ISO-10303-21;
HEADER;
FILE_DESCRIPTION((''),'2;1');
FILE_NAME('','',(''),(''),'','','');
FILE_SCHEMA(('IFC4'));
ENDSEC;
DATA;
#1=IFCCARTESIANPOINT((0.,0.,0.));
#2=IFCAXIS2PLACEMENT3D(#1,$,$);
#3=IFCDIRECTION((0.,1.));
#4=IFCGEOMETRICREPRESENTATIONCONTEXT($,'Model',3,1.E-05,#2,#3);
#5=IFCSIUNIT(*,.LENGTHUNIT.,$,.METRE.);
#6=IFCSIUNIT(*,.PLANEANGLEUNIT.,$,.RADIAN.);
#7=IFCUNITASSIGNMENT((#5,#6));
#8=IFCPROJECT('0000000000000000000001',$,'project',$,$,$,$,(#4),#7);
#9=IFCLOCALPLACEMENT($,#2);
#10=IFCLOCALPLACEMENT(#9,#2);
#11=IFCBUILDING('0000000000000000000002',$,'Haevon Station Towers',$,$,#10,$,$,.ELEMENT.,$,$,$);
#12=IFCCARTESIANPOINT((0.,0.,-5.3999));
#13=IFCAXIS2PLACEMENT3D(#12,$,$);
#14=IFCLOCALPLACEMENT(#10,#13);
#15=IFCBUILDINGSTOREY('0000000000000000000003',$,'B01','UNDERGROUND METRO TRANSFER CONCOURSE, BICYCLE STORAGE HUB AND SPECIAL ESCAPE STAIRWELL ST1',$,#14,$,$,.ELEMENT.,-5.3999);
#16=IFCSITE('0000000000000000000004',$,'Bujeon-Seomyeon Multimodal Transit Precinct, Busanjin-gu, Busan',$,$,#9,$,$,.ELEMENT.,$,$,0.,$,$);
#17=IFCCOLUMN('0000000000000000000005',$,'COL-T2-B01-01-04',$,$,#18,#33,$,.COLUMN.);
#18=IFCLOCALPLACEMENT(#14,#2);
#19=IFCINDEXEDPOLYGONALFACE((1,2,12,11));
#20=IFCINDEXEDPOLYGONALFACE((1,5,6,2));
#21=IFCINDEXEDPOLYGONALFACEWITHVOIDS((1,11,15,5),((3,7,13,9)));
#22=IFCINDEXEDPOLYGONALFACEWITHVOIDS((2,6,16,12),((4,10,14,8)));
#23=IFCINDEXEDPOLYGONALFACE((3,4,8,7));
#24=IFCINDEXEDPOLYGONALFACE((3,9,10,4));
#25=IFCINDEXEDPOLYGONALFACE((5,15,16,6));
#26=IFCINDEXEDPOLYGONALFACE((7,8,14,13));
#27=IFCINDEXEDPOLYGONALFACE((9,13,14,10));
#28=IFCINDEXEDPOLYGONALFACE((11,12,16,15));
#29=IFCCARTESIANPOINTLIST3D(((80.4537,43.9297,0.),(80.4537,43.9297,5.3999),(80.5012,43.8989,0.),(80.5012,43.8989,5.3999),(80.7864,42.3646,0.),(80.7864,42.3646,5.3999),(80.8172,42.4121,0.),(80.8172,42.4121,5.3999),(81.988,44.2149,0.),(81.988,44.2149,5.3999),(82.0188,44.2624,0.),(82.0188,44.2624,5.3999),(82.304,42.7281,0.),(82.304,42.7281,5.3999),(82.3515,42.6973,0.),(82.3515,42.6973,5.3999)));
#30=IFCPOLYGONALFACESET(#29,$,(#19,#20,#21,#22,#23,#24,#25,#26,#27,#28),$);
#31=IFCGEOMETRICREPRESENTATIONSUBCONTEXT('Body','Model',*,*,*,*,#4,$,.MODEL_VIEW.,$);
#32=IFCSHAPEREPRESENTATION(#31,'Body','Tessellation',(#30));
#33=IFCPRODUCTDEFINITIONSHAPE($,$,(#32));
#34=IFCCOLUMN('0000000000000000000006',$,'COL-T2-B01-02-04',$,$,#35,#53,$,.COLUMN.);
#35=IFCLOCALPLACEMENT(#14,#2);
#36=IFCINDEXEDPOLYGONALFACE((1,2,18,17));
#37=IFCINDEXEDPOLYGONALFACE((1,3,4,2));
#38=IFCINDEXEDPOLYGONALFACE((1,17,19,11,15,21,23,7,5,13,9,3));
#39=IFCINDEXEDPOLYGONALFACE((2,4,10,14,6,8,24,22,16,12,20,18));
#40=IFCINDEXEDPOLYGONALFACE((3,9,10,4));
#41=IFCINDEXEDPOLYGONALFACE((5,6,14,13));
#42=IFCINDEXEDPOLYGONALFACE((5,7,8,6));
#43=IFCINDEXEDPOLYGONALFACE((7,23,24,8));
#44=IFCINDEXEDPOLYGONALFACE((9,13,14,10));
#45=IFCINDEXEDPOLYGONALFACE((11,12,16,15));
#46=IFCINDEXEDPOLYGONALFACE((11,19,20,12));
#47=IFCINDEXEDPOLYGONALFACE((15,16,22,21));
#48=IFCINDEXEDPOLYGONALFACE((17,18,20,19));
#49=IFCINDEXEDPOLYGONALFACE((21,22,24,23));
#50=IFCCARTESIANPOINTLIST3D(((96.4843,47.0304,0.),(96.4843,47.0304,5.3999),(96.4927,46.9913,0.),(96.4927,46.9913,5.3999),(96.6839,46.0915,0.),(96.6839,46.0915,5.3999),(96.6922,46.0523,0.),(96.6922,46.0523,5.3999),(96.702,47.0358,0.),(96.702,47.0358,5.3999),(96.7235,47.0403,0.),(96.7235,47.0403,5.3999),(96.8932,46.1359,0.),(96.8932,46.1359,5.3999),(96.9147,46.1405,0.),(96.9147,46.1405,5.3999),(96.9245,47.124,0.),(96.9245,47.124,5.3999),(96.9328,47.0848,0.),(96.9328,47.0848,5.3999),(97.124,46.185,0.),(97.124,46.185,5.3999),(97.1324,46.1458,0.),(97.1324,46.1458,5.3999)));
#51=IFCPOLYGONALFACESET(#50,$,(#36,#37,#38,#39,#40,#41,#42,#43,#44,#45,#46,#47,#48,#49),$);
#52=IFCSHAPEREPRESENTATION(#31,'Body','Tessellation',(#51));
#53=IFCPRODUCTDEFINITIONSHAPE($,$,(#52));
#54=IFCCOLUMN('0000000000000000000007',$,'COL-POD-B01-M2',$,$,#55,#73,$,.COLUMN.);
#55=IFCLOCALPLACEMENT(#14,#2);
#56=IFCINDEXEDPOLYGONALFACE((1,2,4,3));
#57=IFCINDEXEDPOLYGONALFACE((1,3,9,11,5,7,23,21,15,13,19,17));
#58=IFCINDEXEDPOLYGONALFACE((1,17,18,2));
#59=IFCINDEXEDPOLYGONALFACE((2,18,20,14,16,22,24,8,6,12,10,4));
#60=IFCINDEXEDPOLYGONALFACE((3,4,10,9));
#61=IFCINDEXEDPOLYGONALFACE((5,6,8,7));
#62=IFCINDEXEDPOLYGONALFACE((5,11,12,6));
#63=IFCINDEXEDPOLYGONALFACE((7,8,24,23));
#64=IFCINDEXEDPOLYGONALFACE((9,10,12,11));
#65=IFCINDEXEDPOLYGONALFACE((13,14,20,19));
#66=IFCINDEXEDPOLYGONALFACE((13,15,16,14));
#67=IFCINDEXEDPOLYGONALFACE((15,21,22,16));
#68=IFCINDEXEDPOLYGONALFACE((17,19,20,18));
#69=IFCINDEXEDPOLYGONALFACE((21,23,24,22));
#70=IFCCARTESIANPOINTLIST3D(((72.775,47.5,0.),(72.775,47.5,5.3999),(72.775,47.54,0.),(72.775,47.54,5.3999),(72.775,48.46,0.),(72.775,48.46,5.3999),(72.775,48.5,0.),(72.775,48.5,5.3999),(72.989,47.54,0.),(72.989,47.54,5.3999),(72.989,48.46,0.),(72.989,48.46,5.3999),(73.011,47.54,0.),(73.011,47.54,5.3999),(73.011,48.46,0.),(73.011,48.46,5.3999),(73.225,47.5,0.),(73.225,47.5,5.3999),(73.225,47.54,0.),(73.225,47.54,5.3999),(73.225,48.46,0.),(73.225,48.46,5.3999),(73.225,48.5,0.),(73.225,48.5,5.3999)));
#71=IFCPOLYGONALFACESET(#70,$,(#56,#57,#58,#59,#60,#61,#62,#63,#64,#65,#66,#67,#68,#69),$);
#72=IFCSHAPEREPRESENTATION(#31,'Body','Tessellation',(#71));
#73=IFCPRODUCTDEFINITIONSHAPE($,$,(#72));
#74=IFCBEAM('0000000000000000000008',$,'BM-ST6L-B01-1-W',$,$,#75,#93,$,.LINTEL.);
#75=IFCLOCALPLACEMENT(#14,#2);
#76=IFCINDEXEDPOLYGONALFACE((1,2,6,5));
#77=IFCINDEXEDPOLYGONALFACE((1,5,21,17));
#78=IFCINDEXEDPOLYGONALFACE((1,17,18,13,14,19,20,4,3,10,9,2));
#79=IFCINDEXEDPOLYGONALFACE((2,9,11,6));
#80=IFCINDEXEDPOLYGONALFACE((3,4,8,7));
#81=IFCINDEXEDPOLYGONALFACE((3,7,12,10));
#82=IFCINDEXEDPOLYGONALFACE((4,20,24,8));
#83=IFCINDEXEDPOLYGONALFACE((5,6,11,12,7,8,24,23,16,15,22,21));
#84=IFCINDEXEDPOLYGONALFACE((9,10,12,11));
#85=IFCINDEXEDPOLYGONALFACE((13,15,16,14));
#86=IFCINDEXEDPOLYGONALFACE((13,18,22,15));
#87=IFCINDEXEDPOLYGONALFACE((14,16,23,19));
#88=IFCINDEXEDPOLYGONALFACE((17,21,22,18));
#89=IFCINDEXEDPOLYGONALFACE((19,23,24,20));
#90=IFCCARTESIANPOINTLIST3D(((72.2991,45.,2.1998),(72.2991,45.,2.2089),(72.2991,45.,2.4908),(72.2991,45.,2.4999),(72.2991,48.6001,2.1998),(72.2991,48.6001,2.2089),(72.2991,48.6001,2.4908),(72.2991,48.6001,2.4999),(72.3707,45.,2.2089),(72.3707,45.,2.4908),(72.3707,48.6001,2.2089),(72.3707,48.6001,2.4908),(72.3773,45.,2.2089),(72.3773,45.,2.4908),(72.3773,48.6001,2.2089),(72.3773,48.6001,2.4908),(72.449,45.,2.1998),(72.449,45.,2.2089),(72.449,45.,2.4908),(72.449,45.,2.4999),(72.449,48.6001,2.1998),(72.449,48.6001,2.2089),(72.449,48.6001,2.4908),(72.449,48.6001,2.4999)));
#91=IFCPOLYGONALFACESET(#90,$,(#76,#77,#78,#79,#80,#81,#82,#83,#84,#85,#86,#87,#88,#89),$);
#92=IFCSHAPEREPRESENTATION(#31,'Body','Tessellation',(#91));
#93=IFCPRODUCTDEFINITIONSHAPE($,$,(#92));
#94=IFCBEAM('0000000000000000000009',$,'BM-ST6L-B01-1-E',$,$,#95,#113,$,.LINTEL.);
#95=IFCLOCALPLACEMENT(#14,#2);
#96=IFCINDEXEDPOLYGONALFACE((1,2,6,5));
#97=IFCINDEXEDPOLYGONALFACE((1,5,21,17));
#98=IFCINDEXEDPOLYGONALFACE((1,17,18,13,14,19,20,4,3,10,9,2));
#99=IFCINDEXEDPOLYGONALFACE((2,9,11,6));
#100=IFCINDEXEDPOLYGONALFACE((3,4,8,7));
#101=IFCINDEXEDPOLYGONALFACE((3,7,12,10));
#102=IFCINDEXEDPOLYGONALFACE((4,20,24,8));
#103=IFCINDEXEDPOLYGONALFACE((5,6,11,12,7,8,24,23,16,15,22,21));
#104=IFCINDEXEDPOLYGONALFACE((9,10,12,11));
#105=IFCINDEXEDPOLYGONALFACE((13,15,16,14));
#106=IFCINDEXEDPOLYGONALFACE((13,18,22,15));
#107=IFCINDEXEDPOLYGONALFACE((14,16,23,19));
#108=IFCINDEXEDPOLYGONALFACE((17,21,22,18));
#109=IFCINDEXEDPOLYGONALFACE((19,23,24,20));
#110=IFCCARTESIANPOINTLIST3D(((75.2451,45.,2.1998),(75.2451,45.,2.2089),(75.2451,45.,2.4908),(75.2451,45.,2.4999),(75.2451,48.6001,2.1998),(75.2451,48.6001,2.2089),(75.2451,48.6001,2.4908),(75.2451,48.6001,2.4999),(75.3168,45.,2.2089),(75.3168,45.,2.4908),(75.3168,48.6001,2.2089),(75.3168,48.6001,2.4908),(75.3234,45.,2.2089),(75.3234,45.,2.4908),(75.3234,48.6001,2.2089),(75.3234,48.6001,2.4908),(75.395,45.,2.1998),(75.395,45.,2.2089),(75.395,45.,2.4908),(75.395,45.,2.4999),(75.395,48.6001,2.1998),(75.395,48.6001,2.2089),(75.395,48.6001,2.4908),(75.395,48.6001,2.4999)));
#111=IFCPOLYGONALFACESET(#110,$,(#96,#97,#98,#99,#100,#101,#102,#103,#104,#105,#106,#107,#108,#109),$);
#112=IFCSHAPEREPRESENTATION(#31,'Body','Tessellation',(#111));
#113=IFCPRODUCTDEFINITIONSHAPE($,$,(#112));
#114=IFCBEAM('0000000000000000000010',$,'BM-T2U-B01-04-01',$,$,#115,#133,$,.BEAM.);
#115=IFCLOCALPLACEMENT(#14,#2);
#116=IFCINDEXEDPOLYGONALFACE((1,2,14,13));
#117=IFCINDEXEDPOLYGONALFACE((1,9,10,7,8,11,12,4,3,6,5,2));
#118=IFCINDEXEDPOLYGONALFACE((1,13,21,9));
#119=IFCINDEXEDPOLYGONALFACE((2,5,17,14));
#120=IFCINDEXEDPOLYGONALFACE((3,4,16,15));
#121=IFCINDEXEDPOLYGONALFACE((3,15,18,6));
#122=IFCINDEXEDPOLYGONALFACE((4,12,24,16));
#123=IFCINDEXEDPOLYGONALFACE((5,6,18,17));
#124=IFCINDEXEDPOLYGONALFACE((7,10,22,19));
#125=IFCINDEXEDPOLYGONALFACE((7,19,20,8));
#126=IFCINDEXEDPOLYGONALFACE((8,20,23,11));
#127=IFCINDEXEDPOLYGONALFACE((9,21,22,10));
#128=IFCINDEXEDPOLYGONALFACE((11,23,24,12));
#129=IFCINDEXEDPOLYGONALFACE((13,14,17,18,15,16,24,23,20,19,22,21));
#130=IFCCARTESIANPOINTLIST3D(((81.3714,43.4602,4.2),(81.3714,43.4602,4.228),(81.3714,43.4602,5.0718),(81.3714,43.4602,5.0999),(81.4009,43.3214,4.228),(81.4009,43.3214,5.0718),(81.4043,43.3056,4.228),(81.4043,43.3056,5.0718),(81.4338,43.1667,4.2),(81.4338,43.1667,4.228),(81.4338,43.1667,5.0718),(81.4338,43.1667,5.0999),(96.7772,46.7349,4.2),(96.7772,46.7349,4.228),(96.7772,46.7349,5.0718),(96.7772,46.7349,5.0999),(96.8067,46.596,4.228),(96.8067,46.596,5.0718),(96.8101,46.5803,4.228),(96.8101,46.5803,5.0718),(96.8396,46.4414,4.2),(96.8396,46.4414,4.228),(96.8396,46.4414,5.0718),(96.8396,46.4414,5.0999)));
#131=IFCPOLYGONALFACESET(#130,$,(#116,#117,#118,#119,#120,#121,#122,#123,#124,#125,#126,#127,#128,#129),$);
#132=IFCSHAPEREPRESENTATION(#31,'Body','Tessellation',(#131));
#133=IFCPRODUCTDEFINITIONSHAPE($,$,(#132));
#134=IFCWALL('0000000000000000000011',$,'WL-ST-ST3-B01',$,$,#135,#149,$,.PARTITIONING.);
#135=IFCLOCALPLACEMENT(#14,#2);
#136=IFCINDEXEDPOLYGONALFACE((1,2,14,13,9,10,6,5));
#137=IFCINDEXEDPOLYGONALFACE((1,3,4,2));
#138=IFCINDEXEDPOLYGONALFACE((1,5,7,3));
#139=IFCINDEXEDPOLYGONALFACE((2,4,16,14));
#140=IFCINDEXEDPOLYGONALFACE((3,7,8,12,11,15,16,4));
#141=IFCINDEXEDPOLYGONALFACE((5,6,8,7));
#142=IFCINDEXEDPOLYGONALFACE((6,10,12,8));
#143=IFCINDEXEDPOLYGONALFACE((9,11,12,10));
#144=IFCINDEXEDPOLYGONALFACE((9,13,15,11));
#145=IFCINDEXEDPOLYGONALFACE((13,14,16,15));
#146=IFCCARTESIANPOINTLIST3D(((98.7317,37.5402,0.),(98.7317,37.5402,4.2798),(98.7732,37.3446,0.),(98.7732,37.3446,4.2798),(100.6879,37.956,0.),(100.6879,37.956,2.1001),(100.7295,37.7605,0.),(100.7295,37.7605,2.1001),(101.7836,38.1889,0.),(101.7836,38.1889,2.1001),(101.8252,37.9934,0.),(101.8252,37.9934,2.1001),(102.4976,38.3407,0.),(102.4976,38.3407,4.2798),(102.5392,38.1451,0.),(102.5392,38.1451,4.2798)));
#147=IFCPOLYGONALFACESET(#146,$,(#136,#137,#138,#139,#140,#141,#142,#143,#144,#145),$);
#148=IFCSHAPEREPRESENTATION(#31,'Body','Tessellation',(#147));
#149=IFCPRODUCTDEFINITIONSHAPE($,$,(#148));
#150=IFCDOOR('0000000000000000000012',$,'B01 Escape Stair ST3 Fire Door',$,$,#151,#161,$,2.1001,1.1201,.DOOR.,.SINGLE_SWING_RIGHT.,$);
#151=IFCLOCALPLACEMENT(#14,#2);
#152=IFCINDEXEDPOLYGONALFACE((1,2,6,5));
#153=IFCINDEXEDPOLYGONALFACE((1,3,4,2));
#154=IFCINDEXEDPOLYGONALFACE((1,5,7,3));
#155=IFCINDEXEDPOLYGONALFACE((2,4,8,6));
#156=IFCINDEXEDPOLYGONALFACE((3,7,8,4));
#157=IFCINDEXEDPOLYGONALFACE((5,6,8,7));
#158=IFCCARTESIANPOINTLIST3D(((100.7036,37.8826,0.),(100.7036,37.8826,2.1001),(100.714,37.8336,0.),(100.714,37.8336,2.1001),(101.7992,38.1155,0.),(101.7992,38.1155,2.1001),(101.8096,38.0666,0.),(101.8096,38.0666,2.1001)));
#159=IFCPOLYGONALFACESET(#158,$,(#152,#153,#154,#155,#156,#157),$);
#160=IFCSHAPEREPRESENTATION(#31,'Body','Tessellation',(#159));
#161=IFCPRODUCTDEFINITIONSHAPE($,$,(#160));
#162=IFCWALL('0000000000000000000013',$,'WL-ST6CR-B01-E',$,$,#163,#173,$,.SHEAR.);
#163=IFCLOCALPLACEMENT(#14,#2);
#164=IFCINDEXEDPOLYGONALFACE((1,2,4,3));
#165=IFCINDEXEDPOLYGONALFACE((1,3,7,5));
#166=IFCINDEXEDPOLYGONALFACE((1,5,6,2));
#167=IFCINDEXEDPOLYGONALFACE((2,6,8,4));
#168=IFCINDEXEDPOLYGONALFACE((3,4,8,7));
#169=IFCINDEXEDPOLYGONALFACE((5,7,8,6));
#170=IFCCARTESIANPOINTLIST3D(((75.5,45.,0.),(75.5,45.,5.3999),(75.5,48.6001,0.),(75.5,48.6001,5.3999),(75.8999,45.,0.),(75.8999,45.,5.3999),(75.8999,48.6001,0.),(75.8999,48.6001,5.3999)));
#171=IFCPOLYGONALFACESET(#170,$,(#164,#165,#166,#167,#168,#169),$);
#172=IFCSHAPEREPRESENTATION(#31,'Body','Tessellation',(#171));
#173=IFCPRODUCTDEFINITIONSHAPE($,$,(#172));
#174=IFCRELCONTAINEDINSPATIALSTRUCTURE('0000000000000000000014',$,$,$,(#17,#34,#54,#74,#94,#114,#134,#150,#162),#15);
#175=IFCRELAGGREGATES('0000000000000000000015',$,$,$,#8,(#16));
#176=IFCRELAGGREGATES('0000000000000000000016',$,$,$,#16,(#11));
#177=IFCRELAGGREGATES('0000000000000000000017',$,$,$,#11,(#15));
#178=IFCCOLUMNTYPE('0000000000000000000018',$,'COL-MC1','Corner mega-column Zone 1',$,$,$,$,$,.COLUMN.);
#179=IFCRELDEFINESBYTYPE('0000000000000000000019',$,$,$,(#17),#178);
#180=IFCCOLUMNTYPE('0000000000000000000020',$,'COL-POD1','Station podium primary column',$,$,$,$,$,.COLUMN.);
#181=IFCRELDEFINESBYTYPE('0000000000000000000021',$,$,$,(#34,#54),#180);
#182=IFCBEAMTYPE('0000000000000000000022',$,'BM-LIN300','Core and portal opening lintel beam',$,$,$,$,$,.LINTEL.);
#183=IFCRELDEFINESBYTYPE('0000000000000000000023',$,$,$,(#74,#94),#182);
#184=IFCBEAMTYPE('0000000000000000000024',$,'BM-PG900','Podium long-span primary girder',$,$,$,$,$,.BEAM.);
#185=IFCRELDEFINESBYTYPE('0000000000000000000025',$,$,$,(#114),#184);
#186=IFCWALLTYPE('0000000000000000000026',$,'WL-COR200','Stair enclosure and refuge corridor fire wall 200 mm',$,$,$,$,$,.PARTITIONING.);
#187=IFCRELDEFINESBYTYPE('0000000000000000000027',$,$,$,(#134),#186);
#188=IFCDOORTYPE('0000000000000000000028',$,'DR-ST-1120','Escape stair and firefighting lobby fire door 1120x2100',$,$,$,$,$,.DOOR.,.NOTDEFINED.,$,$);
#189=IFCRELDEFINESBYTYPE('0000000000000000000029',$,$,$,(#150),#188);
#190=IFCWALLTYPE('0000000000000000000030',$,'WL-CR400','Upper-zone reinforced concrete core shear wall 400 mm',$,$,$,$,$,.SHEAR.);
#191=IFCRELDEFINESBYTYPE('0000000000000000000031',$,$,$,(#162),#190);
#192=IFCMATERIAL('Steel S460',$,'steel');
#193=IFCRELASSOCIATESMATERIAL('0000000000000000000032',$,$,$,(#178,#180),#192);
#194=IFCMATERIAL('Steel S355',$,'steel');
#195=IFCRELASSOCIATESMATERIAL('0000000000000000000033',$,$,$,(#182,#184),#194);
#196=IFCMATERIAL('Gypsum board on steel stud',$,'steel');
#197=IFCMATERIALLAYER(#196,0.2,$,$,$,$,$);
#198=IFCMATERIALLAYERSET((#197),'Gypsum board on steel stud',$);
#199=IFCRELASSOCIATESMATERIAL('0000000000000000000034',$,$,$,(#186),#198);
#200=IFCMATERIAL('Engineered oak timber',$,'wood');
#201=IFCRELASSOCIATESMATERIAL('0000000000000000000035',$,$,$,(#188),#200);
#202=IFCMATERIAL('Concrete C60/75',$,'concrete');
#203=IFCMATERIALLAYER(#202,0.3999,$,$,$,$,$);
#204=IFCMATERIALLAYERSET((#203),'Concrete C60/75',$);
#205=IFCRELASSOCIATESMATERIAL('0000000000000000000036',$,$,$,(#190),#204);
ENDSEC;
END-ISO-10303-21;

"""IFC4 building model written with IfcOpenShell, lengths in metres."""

from ifc_helpers import new_model, si_unit, direction, frame, frame_2d, origin, origin_2d, place, context, subcontext, project, spatial, rectangle, hollow_rectangle, i_section, extrude, material, layer, layer_set, material_profile, profile_set, type_object, element, fill, save


model = new_model("IFC4")

# Units and contexts
model_context = context("Model", 3, precision=1e-05, world=origin(), true_north=direction((0.0, 1.0)))
body_context = subcontext(model_context, "Body", "Model", "MODEL_VIEW")
ifc_project = project(units=[si_unit("LENGTHUNIT", "METRE"), si_unit("PLANEANGLEUNIT", "RADIAN")], contexts=[model_context])

# Site, building, storey
site_placement = place(None, origin())
site = spatial("IfcSite", under=ifc_project, at=site_placement, Name="Bujeon-Seomyeon Multimodal Transit Precinct, Busanjin-gu, Busan", CompositionType="ELEMENT", RefElevation=0.0)
building_placement = place(site_placement, origin())
building = spatial("IfcBuilding", under=site, at=building_placement, Name="Haevon Station Towers", CompositionType="ELEMENT")
storey_placement = place(building_placement, frame((0.0, 0.0, -5.3999)))
storey = spatial("IfcBuildingStorey", under=building, at=storey_placement, Name="B01", Description="UNDERGROUND METRO TRANSFER CONCOURSE, BICYCLE STORAGE HUB AND SPECIAL ESCAPE STAIRWELL ST1", CompositionType="ELEMENT", Elevation=-5.3999)

# Columns
ifc_material_1 = material(Name="Steel S460", Category="steel")
ifc_material_profile_1 = material_profile(ifc_material_1, hollow_rectangle(XDim=1.6001, YDim=1.6001, WallThickness=0.04, at=origin_2d()), Name="BOX-1600x1600x40")
ifc_profile_set_1 = profile_set([ifc_material_profile_1], Name="Steel S460")
column_type_1 = type_object("IfcColumnType", Name="COL-MC1", Description="Corner mega-column Zone 1", PredefinedType="COLUMN", material=ifc_profile_set_1)
column_placement = place(storey_placement, frame((81.4026, 43.3135, 0.0), z_axis=(0.0, 0.0, 1.0), x_axis=(0.978148, 0.207912, 0.0)))
element("IfcColumn", 1, at=column_placement, inside=storey, type_object=column_type_1, Name="COL-T2-B01-01-04", PredefinedType="COLUMN", context=body_context, shape_type="SweptSolid", body=[
    extrude(hollow_rectangle(XDim=1.6001, YDim=1.6001, WallThickness=0.04, at=origin_2d()), origin(), (0.0, 0.0, 1.0), 5.3999),
])
ifc_material_profile_2 = material_profile(ifc_material_1, i_section(OverallWidth=0.45, OverallDepth=1.0, WebThickness=0.022, FlangeThickness=0.04, at=origin_2d()), Name="H-1000x450x22x40")
ifc_profile_set_2 = profile_set([ifc_material_profile_2], Name="Steel S460")
column_type_2 = type_object("IfcColumnType", Name="COL-POD1", Description="Station podium primary column", PredefinedType="COLUMN", material=ifc_profile_set_2)
for number, where, z_axis, x_axis, name in (
    (2, (96.8083, 46.5881, 0.0), (0.0, 0.0, 1.0), (0.978148, 0.207912, 0.0), "COL-T2-B01-02-04"),
    (3, (73.0, 48.0, 0.0), (0.0, 0.0, 1.0), (1.0, 0.0, 0.0), "COL-POD-B01-M2"),
):
    element("IfcColumn", number, at=place(storey_placement, frame(where, z_axis=z_axis, x_axis=x_axis)), inside=storey, type_object=column_type_2, Name=name, PredefinedType="COLUMN", context=body_context, shape_type="SweptSolid", body=[
        extrude(i_section(OverallWidth=0.45, OverallDepth=1.0, WebThickness=0.022, FlangeThickness=0.04, at=origin_2d()), origin(), (0.0, 0.0, 1.0), 5.3999),
    ])

# Beams
ifc_material_2 = material(Name="Steel S355", Category="steel")
ifc_material_profile_3 = material_profile(ifc_material_2, i_section(OverallWidth=0.1499, OverallDepth=0.3, WebThickness=0.0066, FlangeThickness=0.009, at=origin_2d()), Name="H-300x150x6.5x9")
ifc_profile_set_3 = profile_set([ifc_material_profile_3], Name="Steel S355")
beam_type_1 = type_object("IfcBeamType", Name="BM-LIN300", Description="Core and portal opening lintel beam", PredefinedType="LINTEL", material=ifc_profile_set_3)
for number, where, z_axis, x_axis, name in (
    (4, (72.374, 45.0, 2.3499), (0.0, 1.0, 0.0), (-1.0, 0.0, 0.0), "BM-ST6L-B01-1-W"),
    (5, (75.3201, 45.0, 2.3499), (0.0, 1.0, 0.0), (-1.0, 0.0, 0.0), "BM-ST6L-B01-1-E"),
):
    element("IfcBeam", number, at=place(storey_placement, frame(where, z_axis=z_axis, x_axis=x_axis)), inside=storey, type_object=beam_type_1, Name=name, PredefinedType="LINTEL", context=body_context, shape_type="SweptSolid", body=[
        extrude(i_section(OverallWidth=0.1499, OverallDepth=0.3, WebThickness=0.0066, FlangeThickness=0.009, at=origin_2d()), origin(), (0.0, 0.0, 1.0), 3.6001),
    ])
ifc_material_profile_4 = material_profile(ifc_material_2, i_section(OverallWidth=0.3, OverallDepth=0.8999, WebThickness=0.0161, FlangeThickness=0.0281, at=origin_2d()), Name="H-900x300x16x28")
ifc_profile_set_4 = profile_set([ifc_material_profile_4], Name="Steel S355")
beam_type_2 = type_object("IfcBeamType", Name="BM-PG900", Description="Podium long-span primary girder", PredefinedType="BEAM", material=ifc_profile_set_4)
beam_placement = place(storey_placement, frame((81.4026, 43.3135, 4.6499), z_axis=(0.978147, 0.207915, 0.0), x_axis=(-0.207915, 0.978147, 0.0)))
element("IfcBeam", 6, at=beam_placement, inside=storey, type_object=beam_type_2, Name="BM-T2U-B01-04-01", PredefinedType="BEAM", context=body_context, shape_type="SweptSolid", body=[
    extrude(i_section(OverallWidth=0.3, OverallDepth=0.8999, WebThickness=0.0161, FlangeThickness=0.0281, at=origin_2d()), origin(), (0.0, 0.0, 1.0), 15.75),
])

# Wall, opening, door
ifc_material_3 = material(Name="Gypsum board on steel stud", Category="steel")
ifc_layer_1 = layer(ifc_material_3, 0.2)
ifc_layer_set_1 = layer_set([ifc_layer_1], Name="Gypsum board on steel stud")
wall_type_1 = type_object("IfcWallType", Name="WL-COR200", Description="Stair enclosure and refuge corridor fire wall 200 mm", PredefinedType="PARTITIONING", material=ifc_layer_set_1)
wall_1_placement = place(storey_placement, frame((98.7524, 37.4424, 0.0), z_axis=(0.0, 0.0, 1.0), x_axis=(0.978144, 0.207931, 0.0)))
wall_1 = element("IfcWall", 7, at=wall_1_placement, inside=storey, type_object=wall_type_1, Name="WL-ST-ST3-B01", PredefinedType="PARTITIONING", context=body_context, shape_type="SweptSolid", body=[
    extrude(rectangle(XDim=3.8501, YDim=0.2, at=frame_2d((1.925, 0.0))), origin(), (0.0, 0.0, 1.0), 4.2798),
])
opening_placement = place(wall_1_placement, frame((2.0, 0.0, 0.0)))
opening = element("IfcOpeningElement", 8, at=opening_placement, cuts=wall_1, PredefinedType="OPENING", context=body_context, shape_type="SweptSolid", body=[
    extrude(rectangle(XDim=1.1201, YDim=2.1001, at=frame_2d((0.5601, 1.05))), frame((0.0, 0.1099, 0.0), z_axis=(0.0, -1.0, 0.0), x_axis=(1.0, 0.0, 0.0)), (0.0, 0.0, 1.0), 0.22),
])
ifc_material_4 = material(Name="Engineered oak timber", Category="wood")
door_type = type_object("IfcDoorType", Name="DR-ST-1120", Description="Escape stair and firefighting lobby fire door 1120x2100", OperationType="NOTDEFINED", PredefinedType="DOOR", material=ifc_material_4)
door_placement = place(opening_placement, origin())
door = element("IfcDoor", 9, at=door_placement, inside=storey, type_object=door_type, Name="B01 Escape Stair ST3 Fire Door", OperationType="SINGLE_SWING_RIGHT", OverallHeight=2.1001, OverallWidth=1.1201, PredefinedType="DOOR", context=body_context, shape_type="SweptSolid", body=[
    extrude(rectangle(XDim=1.1201, YDim=2.1001, at=frame_2d((0.5601, 1.05))), frame((0.0, 0.0249, 0.0), z_axis=(0.0, -1.0, 0.0), x_axis=(1.0, 0.0, 0.0)), (0.0, 0.0, 1.0), 0.05),
])
fill(opening, door)

# Wall
ifc_material_5 = material(Name="Concrete C60/75", Category="concrete")
ifc_layer_2 = layer(ifc_material_5, 0.3999)
ifc_layer_set_2 = layer_set([ifc_layer_2], Name="Concrete C60/75")
wall_type_2 = type_object("IfcWallType", Name="WL-CR400", Description="Upper-zone reinforced concrete core shear wall 400 mm", PredefinedType="SHEAR", material=ifc_layer_set_2)
wall_2_placement = place(storey_placement, frame((75.7, 45.0, 0.0), z_axis=(0.0, 0.0, 1.0), x_axis=(0.0, 1.0, 0.0)))
element("IfcWall", 10, at=wall_2_placement, inside=storey, type_object=wall_type_2, Name="WL-ST6CR-B01-E", PredefinedType="SHEAR", context=body_context, shape_type="SweptSolid", body=[
    extrude(rectangle(XDim=3.6001, YDim=0.3999, at=frame_2d((1.8, 0.0))), origin(), (0.0, 0.0, 1.0), 5.3999),
])

save(model, "model.ifc")
